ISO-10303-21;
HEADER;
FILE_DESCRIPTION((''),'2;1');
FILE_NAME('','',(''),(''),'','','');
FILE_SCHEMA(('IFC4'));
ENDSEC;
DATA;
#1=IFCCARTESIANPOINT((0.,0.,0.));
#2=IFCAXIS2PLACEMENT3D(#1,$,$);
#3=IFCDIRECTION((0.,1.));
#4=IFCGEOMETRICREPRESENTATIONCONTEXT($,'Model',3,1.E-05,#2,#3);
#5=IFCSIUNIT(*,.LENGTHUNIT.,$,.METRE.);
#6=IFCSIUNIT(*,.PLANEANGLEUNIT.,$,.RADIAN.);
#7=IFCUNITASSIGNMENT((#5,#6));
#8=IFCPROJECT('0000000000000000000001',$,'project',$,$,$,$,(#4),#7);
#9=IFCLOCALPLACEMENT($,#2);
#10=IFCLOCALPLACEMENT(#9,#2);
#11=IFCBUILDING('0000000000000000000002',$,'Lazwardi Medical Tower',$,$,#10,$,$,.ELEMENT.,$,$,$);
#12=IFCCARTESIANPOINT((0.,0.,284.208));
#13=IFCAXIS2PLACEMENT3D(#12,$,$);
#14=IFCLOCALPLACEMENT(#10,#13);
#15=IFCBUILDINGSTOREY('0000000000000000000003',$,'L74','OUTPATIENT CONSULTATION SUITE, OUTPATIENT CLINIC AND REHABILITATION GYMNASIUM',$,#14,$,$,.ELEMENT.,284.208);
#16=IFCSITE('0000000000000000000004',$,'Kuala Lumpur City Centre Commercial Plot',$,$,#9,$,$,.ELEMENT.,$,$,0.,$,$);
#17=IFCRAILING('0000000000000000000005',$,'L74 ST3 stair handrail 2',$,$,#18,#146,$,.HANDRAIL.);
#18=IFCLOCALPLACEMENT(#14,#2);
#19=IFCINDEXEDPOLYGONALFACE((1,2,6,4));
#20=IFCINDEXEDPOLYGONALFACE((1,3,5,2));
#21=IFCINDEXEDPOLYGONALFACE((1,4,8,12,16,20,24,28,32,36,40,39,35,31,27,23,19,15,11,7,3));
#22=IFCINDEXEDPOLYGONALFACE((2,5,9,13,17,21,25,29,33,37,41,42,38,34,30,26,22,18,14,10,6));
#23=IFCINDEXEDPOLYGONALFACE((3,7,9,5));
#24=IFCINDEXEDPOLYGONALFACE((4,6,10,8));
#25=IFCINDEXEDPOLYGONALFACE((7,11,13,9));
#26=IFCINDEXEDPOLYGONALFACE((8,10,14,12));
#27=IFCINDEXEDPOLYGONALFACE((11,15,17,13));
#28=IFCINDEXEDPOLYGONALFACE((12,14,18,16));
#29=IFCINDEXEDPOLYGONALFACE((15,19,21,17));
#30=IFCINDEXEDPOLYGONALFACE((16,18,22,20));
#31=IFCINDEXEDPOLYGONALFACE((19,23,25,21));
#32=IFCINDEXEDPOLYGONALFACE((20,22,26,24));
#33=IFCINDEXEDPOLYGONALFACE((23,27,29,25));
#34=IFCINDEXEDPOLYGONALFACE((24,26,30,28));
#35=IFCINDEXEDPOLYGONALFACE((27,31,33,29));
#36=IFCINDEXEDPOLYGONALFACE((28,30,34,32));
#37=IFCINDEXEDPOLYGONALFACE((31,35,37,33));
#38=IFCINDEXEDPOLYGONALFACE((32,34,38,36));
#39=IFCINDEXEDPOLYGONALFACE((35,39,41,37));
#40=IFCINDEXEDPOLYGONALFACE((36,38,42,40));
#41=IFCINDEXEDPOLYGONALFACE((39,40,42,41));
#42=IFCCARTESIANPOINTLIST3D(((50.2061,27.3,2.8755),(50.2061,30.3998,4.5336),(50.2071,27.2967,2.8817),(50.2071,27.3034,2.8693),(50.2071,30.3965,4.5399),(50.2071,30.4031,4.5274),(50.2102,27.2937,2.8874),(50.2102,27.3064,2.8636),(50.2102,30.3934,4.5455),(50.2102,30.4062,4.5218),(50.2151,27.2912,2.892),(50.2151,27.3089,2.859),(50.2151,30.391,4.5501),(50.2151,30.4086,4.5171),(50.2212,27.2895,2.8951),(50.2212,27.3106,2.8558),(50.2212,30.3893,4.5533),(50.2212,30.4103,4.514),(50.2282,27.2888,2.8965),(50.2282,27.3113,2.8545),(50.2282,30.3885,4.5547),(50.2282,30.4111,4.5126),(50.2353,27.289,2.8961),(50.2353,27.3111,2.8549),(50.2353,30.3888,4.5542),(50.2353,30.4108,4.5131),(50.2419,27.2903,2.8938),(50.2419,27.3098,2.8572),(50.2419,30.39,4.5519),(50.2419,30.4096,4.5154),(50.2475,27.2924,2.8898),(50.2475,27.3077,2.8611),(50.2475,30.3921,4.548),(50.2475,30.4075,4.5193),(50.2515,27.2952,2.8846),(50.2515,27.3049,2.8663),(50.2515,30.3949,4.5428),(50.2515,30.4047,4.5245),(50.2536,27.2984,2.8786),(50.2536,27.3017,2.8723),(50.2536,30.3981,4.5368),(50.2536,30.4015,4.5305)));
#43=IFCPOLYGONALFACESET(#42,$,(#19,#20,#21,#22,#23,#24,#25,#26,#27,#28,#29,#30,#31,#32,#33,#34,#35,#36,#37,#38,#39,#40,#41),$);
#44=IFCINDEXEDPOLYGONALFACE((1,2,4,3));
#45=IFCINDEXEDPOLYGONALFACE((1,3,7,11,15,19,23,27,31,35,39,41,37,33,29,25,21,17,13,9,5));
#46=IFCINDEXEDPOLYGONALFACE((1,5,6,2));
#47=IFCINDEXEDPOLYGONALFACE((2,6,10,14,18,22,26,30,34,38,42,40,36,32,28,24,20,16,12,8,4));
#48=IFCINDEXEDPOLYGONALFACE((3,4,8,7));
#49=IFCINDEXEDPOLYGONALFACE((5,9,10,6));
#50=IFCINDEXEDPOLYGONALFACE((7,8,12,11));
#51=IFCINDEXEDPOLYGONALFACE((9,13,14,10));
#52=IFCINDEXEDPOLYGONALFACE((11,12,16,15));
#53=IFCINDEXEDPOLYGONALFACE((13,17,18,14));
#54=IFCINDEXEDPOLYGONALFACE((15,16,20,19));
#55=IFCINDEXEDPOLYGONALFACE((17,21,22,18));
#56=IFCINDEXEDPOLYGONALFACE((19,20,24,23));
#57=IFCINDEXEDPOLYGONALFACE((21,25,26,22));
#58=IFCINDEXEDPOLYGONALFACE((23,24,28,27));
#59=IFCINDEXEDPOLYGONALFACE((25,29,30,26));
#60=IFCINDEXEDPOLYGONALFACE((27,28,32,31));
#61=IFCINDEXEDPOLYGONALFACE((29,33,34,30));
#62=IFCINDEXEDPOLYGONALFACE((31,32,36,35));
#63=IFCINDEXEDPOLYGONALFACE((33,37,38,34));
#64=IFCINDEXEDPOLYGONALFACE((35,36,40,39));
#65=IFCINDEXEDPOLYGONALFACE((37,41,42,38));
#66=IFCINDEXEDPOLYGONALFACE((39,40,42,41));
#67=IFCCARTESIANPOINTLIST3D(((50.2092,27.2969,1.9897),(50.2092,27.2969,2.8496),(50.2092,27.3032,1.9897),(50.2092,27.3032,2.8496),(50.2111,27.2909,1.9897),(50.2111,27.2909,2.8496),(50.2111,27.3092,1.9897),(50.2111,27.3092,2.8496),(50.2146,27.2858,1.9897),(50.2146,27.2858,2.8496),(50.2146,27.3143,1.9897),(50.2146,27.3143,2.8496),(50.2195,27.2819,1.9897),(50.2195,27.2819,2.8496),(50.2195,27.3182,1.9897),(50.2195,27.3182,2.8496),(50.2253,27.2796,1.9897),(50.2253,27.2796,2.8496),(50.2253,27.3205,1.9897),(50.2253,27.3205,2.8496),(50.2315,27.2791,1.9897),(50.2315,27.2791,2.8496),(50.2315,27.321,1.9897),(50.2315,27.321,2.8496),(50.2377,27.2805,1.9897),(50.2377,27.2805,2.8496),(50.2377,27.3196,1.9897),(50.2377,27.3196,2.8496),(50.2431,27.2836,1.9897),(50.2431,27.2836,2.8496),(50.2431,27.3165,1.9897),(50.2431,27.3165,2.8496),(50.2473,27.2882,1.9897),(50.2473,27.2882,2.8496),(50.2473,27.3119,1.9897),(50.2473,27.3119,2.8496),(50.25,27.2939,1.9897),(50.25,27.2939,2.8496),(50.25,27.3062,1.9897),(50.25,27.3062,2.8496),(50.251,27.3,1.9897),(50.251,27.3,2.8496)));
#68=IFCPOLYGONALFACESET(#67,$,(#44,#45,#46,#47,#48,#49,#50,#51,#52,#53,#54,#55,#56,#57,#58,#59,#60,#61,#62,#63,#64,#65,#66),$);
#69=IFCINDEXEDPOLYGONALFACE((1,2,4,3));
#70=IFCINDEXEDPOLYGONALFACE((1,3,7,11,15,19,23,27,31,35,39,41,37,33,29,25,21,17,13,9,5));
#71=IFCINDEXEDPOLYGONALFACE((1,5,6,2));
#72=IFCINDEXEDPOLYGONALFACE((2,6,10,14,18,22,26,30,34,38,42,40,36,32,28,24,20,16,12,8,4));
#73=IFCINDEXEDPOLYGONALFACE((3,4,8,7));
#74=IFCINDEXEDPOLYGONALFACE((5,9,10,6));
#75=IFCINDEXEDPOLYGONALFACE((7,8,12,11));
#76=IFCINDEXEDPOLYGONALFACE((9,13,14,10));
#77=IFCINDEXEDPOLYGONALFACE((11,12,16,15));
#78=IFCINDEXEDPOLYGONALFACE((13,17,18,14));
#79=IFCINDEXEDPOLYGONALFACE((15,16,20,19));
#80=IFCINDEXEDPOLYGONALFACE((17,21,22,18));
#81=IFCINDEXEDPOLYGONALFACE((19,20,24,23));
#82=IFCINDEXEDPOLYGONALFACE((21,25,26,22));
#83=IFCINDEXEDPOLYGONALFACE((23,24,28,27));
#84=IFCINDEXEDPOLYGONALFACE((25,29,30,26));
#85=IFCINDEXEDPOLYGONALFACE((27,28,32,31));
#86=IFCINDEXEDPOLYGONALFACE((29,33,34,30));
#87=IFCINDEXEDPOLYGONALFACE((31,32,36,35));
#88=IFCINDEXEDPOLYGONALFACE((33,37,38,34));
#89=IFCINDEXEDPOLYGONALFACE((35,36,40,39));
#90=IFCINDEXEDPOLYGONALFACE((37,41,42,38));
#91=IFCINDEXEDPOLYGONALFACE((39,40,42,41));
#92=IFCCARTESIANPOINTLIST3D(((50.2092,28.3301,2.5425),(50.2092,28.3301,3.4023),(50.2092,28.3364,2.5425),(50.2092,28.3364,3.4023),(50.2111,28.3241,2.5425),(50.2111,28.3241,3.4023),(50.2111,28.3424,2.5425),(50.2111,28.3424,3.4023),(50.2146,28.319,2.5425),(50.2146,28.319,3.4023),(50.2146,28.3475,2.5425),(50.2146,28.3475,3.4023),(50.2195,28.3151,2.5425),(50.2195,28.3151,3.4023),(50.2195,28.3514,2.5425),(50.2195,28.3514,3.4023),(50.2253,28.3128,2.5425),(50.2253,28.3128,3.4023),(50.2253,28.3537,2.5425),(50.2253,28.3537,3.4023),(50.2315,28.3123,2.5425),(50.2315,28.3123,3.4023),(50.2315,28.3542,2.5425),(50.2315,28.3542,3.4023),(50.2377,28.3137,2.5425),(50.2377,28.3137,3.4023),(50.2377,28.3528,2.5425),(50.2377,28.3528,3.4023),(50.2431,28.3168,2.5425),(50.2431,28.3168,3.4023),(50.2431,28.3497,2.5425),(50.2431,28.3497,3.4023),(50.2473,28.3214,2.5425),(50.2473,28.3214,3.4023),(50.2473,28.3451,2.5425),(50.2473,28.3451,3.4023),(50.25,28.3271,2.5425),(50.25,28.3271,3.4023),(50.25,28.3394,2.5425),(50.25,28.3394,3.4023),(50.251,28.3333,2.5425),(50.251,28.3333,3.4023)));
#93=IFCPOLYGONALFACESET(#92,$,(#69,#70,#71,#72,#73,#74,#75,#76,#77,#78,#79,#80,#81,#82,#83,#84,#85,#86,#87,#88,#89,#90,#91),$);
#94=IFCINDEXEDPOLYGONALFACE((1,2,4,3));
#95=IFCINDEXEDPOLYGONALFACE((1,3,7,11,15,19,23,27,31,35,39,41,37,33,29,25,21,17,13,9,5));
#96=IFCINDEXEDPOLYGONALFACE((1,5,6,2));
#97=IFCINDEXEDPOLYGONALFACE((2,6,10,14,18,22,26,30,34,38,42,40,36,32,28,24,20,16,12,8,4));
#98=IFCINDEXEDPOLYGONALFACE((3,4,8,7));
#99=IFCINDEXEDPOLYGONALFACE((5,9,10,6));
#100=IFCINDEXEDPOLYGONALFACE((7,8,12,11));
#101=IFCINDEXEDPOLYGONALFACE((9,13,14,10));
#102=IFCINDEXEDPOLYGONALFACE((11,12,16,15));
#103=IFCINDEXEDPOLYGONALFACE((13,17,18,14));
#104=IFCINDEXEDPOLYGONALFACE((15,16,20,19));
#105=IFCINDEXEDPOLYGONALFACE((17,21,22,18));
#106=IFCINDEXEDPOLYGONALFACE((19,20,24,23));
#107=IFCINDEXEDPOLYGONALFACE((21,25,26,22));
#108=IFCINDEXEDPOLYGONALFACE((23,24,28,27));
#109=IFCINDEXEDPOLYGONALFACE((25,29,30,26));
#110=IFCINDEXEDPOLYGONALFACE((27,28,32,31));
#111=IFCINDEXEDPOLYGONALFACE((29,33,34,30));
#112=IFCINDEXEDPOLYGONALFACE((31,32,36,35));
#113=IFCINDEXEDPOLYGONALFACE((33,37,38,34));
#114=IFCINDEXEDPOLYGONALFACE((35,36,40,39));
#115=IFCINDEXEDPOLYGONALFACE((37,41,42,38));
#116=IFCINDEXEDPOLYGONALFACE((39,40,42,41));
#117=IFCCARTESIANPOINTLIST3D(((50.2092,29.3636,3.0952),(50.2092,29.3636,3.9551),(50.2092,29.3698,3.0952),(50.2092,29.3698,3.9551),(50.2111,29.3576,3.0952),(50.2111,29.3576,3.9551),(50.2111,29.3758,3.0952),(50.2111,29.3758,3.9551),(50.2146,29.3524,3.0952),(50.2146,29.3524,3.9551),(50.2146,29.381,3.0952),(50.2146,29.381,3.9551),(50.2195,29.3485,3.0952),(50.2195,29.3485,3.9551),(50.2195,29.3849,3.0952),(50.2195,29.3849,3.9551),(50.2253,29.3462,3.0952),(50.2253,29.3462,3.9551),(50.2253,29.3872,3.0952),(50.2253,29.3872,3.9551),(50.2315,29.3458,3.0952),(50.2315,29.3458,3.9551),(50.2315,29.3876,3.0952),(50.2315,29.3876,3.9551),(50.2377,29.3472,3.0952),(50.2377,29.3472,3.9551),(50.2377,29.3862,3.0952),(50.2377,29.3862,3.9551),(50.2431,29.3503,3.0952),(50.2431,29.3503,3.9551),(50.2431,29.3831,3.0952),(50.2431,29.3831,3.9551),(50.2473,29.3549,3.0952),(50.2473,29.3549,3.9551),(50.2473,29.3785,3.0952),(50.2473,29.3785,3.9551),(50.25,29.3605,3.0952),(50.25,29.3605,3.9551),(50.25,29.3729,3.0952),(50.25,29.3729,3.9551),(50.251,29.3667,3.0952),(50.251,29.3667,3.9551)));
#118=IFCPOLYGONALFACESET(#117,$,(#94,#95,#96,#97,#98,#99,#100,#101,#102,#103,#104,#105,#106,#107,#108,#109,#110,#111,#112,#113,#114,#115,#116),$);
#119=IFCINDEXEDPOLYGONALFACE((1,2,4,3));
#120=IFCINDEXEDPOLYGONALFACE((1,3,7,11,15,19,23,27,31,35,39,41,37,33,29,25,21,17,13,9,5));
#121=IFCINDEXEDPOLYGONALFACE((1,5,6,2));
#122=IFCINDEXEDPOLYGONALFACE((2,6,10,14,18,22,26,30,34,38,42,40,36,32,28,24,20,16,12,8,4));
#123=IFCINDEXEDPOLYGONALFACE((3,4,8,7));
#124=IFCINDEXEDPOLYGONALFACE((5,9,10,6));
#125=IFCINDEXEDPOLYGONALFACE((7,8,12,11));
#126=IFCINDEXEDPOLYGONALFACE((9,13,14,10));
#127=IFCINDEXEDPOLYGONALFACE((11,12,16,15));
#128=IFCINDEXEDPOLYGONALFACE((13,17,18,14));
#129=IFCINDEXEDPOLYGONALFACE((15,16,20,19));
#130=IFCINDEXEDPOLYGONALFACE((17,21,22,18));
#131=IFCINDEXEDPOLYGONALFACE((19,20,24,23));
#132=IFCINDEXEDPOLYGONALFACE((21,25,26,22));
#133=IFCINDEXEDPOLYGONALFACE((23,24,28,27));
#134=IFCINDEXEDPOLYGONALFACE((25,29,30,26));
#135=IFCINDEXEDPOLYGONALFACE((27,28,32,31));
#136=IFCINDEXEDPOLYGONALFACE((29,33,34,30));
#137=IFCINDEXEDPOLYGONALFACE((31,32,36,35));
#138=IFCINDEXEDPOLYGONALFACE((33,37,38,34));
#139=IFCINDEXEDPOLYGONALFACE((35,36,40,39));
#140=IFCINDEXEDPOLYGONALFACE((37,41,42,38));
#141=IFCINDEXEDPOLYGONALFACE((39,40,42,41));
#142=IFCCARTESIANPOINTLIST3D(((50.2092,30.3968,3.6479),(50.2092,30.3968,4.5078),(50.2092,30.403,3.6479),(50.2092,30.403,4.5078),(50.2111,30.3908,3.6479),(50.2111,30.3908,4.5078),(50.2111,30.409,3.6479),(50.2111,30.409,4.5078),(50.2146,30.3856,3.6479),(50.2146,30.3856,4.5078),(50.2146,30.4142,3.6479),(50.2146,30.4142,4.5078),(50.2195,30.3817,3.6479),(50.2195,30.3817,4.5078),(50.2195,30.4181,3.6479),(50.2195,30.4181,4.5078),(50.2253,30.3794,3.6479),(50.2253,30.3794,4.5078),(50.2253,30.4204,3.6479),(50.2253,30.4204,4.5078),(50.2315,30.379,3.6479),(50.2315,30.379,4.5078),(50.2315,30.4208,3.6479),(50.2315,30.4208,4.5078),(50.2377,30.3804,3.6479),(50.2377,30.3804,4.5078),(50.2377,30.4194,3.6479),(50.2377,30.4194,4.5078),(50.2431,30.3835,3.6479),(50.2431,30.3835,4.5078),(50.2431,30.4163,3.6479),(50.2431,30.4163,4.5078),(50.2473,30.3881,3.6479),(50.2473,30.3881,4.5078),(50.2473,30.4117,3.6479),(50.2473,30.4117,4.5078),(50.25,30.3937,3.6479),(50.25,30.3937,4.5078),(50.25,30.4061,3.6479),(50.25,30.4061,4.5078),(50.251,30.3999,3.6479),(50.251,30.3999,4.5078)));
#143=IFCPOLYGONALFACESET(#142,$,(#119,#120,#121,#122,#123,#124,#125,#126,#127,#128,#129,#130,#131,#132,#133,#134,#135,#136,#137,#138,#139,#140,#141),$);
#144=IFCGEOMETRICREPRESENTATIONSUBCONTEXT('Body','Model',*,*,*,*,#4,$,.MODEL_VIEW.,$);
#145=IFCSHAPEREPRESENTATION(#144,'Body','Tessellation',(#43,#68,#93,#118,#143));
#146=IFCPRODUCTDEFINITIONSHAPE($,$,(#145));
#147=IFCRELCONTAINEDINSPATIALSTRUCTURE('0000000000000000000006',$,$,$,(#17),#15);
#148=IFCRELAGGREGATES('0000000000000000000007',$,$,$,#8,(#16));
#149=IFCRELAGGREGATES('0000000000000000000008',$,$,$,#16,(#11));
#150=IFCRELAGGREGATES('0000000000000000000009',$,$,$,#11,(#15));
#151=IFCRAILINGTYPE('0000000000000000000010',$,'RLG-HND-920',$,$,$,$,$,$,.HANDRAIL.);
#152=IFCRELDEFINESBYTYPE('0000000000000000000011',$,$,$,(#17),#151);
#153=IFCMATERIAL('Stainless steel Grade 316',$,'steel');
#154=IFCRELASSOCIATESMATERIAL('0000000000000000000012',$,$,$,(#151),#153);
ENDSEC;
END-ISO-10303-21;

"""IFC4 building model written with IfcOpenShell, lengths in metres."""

from ifc_helpers import new_model, si_unit, direction, frame, origin, origin_2d, place, context, subcontext, project, spatial, circle, extrude, material, type_object, element, save


model = new_model("IFC4")

# Units and contexts
model_context = context("Model", 3, precision=1e-05, world=origin(), true_north=direction((0.0, 1.0)))
body_context = subcontext(model_context, "Body", "Model", "MODEL_VIEW")
ifc_project = project(units=[si_unit("LENGTHUNIT", "METRE"), si_unit("PLANEANGLEUNIT", "RADIAN")], contexts=[model_context])

# Site, building, storey
site_placement = place(None, origin())
site = spatial("IfcSite", under=ifc_project, at=site_placement, Name="Kuala Lumpur City Centre Commercial Plot", CompositionType="ELEMENT", RefElevation=0.0)
building_placement = place(site_placement, origin())
building = spatial("IfcBuilding", under=site, at=building_placement, Name="Lazwardi Medical Tower", CompositionType="ELEMENT")
storey_placement = place(building_placement, frame((0.0, 0.0, 284.208)))
storey = spatial("IfcBuildingStorey", under=building, at=storey_placement, Name="L74", Description="OUTPATIENT CONSULTATION SUITE, OUTPATIENT CLINIC AND REHABILITATION GYMNASIUM", CompositionType="ELEMENT", Elevation=284.208)

# Railing
ifc_material_1 = material(Name="Stainless steel Grade 316", Category="steel")
railing_type_1 = type_object("IfcRailingType", Name="RLG-HND-920", PredefinedType="HANDRAIL", material=ifc_material_1)
railing_1_placement = place(storey_placement, frame((50.23, 27.3, 1.9897)))
element("IfcRailing", 1, at=railing_1_placement, inside=storey, type_object=railing_type_1, Name="L74 ST3 stair handrail 2", PredefinedType="HANDRAIL", context=body_context, shape_type="SweptSolid", body=[
    extrude(circle(Radius=0.0239, at=origin_2d()), frame((0.0, 0.0, 0.8857), z_axis=(0.0, 0.881768, 0.471684), x_axis=(-1.0, 0.0, 0.0)), (0.0, 0.0, 1.0), 3.5154),
    extrude(circle(Radius=0.021, at=origin_2d()), origin(), (0.0, 0.0, 1.0), 0.8599),
    extrude(circle(Radius=0.021, at=origin_2d()), frame((0.0, 1.0332, 0.5527)), (0.0, 0.0, 1.0), 0.8599),
    extrude(circle(Radius=0.021, at=origin_2d()), frame((0.0, 2.0667, 1.1055)), (0.0, 0.0, 1.0), 0.8599),
    extrude(circle(Radius=0.021, at=origin_2d()), frame((0.0, 3.0999, 1.6582)), (0.0, 0.0, 1.0), 0.8599),
])

save(model, "model.ifc")
